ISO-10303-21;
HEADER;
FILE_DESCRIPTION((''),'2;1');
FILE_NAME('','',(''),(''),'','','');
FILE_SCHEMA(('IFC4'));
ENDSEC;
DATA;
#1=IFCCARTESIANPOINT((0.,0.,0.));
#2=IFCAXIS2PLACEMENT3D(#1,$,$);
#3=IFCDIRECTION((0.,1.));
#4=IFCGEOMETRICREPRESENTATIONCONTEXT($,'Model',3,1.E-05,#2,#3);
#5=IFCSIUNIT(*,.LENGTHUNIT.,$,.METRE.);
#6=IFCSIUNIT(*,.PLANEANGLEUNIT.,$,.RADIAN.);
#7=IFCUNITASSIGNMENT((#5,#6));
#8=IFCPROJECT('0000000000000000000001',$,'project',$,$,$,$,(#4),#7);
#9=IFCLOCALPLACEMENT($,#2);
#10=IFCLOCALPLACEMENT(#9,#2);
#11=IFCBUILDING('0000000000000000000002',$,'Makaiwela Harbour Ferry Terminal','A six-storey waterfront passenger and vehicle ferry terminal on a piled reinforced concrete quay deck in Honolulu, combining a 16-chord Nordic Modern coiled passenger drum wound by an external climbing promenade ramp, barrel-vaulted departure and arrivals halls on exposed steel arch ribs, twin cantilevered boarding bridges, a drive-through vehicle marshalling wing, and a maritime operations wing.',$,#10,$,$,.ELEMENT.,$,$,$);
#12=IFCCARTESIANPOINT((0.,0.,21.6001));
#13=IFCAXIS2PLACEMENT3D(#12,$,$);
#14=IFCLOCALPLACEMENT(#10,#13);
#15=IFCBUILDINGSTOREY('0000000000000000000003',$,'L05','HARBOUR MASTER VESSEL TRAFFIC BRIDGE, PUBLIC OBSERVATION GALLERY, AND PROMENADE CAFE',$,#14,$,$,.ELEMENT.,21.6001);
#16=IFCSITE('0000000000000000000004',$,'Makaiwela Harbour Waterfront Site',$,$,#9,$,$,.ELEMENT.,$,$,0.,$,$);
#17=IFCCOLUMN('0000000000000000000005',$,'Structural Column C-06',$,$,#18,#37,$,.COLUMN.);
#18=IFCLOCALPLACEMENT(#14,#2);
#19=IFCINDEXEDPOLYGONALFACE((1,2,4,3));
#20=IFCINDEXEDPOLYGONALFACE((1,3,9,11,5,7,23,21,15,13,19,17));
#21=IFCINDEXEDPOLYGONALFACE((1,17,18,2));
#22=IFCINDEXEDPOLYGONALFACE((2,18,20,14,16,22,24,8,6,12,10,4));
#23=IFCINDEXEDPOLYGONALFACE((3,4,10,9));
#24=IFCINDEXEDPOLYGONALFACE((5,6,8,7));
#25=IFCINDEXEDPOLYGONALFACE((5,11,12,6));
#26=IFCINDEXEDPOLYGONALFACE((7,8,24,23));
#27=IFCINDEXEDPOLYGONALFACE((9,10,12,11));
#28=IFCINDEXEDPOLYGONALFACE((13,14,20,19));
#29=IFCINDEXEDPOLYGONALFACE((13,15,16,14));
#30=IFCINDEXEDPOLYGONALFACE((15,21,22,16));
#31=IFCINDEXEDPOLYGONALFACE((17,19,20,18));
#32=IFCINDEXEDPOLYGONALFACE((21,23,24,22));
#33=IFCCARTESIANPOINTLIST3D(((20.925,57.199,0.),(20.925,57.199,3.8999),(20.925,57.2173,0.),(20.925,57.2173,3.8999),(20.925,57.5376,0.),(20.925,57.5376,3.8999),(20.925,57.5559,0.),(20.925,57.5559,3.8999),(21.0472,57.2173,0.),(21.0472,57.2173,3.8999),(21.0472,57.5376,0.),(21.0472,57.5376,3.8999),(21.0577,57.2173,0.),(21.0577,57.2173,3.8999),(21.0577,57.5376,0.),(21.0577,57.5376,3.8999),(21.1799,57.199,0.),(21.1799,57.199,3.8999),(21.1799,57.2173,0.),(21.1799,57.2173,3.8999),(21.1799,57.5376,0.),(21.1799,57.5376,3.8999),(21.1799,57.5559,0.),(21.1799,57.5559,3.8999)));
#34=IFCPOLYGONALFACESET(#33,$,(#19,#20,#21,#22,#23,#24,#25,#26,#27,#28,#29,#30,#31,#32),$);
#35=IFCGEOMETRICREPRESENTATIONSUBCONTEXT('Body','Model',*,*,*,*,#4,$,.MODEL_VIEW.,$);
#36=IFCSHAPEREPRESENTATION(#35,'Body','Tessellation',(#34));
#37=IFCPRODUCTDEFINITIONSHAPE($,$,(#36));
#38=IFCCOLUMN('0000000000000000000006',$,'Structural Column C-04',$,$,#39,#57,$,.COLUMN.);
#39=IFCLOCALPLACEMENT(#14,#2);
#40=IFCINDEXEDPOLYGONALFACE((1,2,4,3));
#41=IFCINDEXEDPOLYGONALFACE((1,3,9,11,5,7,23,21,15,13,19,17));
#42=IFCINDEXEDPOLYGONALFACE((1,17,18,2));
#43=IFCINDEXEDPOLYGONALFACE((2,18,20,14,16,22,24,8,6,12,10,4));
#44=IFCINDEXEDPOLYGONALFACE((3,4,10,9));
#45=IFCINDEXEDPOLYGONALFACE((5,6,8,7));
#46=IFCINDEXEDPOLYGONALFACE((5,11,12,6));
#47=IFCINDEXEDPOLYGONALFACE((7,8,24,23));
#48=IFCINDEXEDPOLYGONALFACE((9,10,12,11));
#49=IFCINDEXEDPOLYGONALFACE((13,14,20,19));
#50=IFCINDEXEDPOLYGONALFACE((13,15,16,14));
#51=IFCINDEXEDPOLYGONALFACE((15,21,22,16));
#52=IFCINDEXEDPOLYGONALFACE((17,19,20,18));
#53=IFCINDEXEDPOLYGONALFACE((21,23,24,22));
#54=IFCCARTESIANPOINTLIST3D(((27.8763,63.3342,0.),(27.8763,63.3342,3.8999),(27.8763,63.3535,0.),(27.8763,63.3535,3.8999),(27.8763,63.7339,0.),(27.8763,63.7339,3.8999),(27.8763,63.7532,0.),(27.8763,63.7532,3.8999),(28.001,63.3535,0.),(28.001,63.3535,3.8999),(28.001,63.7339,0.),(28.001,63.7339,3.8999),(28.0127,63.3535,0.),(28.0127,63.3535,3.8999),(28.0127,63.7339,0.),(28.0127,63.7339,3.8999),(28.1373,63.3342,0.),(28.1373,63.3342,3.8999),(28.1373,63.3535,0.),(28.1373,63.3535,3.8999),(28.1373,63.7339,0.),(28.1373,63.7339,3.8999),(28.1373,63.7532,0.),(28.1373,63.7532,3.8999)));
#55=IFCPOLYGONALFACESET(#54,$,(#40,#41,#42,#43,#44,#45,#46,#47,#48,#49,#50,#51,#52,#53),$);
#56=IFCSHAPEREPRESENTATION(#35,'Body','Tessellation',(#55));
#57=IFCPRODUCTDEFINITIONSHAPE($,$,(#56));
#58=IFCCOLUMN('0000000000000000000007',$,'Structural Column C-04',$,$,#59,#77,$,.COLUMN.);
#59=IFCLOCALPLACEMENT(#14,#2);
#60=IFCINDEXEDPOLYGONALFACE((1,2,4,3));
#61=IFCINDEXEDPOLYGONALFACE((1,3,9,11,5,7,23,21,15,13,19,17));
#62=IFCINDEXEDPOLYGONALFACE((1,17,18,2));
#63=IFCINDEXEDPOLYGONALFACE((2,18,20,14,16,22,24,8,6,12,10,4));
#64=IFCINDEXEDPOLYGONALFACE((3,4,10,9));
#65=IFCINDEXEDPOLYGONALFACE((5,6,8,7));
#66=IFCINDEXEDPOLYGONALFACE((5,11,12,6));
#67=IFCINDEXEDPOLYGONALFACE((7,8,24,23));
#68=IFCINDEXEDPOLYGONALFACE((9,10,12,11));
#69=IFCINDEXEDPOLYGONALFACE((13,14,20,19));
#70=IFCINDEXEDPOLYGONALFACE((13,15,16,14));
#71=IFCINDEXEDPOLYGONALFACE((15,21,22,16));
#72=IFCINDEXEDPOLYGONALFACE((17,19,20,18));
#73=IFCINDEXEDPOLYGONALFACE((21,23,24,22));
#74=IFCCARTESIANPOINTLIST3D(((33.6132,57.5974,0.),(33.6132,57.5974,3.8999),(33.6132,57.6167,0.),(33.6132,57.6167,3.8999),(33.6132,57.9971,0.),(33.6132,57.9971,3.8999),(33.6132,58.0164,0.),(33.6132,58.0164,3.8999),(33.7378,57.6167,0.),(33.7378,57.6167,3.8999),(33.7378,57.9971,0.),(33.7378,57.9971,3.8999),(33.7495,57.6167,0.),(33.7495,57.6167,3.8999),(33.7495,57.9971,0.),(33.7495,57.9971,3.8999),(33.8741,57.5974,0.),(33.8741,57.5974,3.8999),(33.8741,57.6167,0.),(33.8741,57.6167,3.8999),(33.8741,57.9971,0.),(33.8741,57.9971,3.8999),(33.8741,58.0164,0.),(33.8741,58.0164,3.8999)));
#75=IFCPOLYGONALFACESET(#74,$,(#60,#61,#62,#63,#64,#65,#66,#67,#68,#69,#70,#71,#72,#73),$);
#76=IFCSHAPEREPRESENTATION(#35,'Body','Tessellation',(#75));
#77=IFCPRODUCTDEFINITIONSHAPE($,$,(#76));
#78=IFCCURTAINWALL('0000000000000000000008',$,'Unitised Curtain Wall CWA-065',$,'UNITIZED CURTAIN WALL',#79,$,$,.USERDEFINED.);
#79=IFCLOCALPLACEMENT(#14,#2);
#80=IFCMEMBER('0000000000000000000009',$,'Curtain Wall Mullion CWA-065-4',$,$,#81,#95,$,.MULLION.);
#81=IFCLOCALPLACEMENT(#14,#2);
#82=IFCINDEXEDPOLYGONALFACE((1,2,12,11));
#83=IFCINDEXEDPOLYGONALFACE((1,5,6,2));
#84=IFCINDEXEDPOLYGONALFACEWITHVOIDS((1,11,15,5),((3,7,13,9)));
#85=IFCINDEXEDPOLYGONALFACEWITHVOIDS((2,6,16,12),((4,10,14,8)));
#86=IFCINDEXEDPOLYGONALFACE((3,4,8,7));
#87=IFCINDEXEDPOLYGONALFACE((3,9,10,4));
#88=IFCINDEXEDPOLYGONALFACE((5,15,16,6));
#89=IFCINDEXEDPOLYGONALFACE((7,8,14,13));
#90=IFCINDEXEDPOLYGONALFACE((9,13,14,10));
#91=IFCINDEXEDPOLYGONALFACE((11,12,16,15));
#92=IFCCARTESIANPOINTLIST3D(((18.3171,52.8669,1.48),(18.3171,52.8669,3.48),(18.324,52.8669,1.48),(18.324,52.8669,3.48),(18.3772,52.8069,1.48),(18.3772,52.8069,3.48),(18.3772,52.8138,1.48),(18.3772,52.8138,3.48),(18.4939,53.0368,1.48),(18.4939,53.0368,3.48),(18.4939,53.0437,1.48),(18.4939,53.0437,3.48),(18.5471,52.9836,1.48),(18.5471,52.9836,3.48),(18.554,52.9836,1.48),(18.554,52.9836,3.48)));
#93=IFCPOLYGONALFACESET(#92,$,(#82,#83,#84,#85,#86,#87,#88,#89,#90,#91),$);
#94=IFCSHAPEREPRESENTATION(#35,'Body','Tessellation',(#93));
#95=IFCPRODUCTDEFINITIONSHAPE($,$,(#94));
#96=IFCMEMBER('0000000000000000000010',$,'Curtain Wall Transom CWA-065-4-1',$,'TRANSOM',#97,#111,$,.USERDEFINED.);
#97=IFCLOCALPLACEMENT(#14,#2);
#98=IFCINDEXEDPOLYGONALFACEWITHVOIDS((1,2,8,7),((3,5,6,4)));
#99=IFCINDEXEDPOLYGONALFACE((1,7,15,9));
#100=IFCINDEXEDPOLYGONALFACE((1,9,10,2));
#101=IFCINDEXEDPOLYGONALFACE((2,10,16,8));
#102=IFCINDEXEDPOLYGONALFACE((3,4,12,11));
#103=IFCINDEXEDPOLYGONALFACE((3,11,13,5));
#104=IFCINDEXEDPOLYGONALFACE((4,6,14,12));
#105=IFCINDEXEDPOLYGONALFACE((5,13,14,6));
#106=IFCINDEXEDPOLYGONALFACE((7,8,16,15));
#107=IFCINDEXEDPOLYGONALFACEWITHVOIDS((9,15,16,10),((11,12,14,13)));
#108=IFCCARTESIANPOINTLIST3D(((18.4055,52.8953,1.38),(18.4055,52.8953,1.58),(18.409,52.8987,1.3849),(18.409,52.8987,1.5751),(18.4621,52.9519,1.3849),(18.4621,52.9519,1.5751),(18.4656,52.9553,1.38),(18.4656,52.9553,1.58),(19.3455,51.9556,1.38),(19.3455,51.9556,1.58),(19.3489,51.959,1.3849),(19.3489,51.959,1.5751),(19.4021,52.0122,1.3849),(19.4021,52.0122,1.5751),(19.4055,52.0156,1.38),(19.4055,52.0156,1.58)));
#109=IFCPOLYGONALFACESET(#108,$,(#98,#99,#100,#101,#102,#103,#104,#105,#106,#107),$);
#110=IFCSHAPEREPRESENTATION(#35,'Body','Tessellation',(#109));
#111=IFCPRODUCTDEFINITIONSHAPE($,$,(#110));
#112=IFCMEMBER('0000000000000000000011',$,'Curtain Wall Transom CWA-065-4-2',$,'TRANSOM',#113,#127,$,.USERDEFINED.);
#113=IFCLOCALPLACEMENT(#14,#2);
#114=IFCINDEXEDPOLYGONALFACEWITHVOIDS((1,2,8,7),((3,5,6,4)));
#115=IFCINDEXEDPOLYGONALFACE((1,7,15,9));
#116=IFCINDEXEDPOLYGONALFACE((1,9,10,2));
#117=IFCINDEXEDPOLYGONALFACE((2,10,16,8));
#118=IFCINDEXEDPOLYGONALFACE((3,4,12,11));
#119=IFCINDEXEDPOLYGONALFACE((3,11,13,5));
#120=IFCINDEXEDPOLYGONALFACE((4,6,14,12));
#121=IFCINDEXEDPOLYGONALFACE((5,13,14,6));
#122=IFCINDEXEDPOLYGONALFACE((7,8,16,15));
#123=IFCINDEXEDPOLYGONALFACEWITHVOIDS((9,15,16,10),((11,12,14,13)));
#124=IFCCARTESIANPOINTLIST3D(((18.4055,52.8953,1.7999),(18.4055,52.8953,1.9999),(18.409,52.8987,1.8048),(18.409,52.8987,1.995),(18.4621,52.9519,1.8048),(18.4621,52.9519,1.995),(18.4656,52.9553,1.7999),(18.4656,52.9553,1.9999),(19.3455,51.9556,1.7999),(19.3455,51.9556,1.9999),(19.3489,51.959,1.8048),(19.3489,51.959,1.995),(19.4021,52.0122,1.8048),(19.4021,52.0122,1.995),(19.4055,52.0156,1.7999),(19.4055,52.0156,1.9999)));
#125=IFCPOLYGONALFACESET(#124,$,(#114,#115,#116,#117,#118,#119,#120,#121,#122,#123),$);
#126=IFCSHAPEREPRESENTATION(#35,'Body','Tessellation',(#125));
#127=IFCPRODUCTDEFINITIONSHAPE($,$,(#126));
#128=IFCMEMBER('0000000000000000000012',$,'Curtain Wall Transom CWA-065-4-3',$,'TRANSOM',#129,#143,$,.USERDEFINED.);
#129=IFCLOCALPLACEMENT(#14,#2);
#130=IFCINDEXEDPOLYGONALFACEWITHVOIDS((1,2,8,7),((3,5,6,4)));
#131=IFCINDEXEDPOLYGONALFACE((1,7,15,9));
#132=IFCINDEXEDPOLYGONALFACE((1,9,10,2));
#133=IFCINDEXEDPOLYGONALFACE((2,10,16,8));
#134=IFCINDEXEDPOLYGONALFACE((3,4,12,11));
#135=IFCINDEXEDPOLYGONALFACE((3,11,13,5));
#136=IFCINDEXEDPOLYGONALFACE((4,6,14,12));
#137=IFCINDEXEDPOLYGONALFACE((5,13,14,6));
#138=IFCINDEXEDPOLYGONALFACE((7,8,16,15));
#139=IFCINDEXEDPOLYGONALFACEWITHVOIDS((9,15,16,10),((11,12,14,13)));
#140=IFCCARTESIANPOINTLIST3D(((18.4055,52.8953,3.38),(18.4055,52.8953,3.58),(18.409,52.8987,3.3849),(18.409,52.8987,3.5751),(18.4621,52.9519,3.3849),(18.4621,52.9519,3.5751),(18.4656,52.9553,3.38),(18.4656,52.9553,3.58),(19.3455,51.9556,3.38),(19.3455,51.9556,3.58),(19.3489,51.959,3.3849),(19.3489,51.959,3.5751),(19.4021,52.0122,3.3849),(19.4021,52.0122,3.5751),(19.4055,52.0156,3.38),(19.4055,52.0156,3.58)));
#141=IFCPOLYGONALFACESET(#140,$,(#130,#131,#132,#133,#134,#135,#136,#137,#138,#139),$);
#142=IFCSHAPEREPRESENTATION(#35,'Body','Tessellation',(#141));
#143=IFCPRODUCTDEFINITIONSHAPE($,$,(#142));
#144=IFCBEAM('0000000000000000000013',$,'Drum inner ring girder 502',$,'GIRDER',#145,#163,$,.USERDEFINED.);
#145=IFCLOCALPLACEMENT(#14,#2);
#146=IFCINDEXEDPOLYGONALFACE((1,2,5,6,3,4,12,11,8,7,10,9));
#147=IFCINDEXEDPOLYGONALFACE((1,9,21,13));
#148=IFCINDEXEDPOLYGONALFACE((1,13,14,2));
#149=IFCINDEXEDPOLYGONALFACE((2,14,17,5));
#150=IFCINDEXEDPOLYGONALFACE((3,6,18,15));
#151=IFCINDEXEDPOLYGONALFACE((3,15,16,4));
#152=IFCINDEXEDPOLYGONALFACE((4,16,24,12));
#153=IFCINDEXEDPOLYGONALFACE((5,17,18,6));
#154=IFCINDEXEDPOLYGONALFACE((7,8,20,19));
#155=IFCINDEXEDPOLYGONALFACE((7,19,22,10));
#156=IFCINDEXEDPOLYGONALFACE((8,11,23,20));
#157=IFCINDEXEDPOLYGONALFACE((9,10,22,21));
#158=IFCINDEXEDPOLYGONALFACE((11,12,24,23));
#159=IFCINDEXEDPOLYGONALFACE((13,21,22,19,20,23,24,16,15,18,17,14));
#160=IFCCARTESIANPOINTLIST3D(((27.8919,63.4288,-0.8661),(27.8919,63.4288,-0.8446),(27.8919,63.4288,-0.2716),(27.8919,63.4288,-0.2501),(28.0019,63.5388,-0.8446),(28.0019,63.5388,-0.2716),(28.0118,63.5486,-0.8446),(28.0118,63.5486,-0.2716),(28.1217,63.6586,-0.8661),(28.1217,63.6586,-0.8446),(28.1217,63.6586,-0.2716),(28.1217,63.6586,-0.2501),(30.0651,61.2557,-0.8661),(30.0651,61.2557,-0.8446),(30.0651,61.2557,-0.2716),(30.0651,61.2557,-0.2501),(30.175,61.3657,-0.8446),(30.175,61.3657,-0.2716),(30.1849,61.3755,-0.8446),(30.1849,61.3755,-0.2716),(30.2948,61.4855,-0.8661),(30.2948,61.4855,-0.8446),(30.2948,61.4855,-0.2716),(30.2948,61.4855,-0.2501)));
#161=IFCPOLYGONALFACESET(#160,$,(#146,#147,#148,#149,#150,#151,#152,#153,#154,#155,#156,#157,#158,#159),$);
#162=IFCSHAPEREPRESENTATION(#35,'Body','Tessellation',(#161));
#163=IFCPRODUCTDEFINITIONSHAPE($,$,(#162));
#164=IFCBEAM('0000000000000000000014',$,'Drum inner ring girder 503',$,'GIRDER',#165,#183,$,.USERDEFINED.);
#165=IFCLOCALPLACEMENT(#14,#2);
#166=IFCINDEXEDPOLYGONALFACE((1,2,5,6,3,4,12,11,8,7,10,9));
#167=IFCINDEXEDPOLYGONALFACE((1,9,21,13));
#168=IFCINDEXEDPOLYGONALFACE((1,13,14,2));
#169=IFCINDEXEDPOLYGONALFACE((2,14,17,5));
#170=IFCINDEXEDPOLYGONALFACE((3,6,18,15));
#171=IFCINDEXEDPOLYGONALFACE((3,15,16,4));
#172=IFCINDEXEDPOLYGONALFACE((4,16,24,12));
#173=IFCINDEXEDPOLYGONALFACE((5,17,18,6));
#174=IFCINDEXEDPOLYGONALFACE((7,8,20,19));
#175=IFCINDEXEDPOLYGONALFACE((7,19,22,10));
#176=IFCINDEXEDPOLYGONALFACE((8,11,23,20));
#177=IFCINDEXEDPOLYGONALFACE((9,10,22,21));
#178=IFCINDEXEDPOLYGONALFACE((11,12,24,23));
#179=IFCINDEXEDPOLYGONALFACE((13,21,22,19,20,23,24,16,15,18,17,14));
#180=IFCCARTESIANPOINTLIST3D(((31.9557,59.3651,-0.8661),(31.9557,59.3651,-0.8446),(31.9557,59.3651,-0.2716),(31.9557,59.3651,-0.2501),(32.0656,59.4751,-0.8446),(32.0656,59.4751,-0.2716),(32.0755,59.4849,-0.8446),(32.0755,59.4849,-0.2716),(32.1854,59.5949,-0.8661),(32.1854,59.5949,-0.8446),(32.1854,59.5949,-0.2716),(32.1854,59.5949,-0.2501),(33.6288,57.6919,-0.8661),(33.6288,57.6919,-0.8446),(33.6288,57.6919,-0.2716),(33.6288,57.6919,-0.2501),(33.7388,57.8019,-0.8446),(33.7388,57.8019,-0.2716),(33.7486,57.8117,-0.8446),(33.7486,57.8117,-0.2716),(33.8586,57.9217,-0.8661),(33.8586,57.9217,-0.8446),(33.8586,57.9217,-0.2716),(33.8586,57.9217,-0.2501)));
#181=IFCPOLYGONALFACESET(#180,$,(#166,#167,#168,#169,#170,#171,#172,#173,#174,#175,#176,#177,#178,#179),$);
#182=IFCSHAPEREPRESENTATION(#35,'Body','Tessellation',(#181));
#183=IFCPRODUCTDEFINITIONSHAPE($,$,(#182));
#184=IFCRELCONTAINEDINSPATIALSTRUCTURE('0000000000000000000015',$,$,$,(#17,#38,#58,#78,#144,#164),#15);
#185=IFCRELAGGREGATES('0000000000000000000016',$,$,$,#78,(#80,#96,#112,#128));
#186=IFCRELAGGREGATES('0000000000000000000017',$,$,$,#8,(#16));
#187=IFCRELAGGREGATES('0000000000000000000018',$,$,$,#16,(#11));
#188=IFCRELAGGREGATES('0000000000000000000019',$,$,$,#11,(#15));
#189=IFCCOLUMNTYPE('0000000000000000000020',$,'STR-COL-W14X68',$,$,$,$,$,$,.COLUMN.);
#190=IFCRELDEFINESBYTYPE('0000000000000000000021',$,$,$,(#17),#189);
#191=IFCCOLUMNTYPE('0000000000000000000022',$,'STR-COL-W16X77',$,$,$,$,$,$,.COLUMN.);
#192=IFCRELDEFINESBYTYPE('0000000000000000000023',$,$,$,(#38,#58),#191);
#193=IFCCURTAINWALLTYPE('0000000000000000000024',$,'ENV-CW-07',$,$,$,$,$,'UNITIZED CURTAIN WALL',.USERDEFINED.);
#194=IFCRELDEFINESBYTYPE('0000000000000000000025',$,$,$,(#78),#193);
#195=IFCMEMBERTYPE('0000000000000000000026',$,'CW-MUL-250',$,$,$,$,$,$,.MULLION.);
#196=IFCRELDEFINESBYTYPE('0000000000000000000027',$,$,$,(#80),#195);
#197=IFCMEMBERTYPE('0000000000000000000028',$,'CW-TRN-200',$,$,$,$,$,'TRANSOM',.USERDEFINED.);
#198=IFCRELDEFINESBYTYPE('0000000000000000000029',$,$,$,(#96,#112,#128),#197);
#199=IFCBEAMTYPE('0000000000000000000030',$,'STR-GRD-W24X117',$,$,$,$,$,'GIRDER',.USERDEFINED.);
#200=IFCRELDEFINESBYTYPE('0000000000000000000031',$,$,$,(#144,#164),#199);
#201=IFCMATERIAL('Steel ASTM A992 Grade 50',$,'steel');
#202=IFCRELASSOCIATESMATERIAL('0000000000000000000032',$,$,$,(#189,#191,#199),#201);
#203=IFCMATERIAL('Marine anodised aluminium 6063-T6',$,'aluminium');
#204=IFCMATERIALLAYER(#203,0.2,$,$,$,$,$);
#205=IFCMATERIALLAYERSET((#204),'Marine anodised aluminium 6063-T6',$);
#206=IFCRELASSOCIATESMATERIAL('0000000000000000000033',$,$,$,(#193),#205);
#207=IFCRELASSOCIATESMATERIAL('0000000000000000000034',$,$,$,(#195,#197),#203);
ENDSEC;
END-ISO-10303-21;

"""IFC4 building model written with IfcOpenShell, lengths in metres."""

from ifc_helpers import new_model, si_unit, direction, frame, origin, origin_2d, place, context, subcontext, project, spatial, hollow_rectangle, i_section, extrude, material, layer, layer_set, material_profile, profile_set, type_object, element, aggregate, save


model = new_model("IFC4")

# Units and contexts
model_context = context("Model", 3, precision=1e-05, world=origin(), true_north=direction((0.0, 1.0)))
body_context = subcontext(model_context, "Body", "Model", "MODEL_VIEW")
ifc_project = project(units=[si_unit("LENGTHUNIT", "METRE"), si_unit("PLANEANGLEUNIT", "RADIAN")], contexts=[model_context])

# Site, building, storey
site_placement = place(None, origin())
site = spatial("IfcSite", under=ifc_project, at=site_placement, Name="Makaiwela Harbour Waterfront Site", CompositionType="ELEMENT", RefElevation=0.0)
building_placement = place(site_placement, origin())
building = spatial("IfcBuilding", under=site, at=building_placement, Name="Makaiwela Harbour Ferry Terminal", Description="A six-storey waterfront passenger and vehicle ferry terminal on a piled reinforced concrete quay deck in Honolulu, combining a 16-chord Nordic Modern coiled passenger drum wound by an external climbing promenade ramp, barrel-vaulted departure and arrivals halls on exposed steel arch ribs, twin cantilevered boarding bridges, a drive-through vehicle marshalling wing, and a maritime operations wing.", CompositionType="ELEMENT")
storey_placement = place(building_placement, frame((0.0, 0.0, 21.6001)))
storey = spatial("IfcBuildingStorey", under=building, at=storey_placement, Name="L05", Description="HARBOUR MASTER VESSEL TRAFFIC BRIDGE, PUBLIC OBSERVATION GALLERY, AND PROMENADE CAFE", CompositionType="ELEMENT", Elevation=21.6001)

# Columns
ifc_material_1 = material(Name="Steel ASTM A992 Grade 50", Category="steel")
ifc_material_profile_1 = material_profile(ifc_material_1, i_section(OverallWidth=0.2549, OverallDepth=0.3569, WebThickness=0.0105, FlangeThickness=0.0183, at=origin_2d()), Name="W14X68")
ifc_profile_set_1 = profile_set([ifc_material_profile_1], Name="Steel ASTM A992 Grade 50")
column_type_1 = type_object("IfcColumnType", Name="STR-COL-W14X68", PredefinedType="COLUMN", material=ifc_profile_set_1)
column_placement = place(storey_placement, frame((21.0525, 57.3774, 0.0), z_axis=(0.0, 0.0, 1.0), x_axis=(1.0, 0.0, 0.0)))
element("IfcColumn", 1, at=column_placement, inside=storey, type_object=column_type_1, Name="Structural Column C-06", PredefinedType="COLUMN", context=body_context, shape_type="SweptSolid", body=[
    extrude(i_section(OverallWidth=0.2549, OverallDepth=0.3569, WebThickness=0.0105, FlangeThickness=0.0183, at=origin_2d()), origin(), (0.0, 0.0, 1.0), 3.8999),
])
ifc_material_profile_2 = material_profile(ifc_material_1, i_section(OverallWidth=0.261, OverallDepth=0.4189, WebThickness=0.0117, FlangeThickness=0.0193, at=origin_2d()), Name="W16X77")
ifc_profile_set_2 = profile_set([ifc_material_profile_2], Name="Steel ASTM A992 Grade 50")
column_type_2 = type_object("IfcColumnType", Name="STR-COL-W16X77", PredefinedType="COLUMN", material=ifc_profile_set_2)
for number, where, z_axis, x_axis, name in (
    (2, (28.0068, 63.5437, 0.0), (0.0, 0.0, 1.0), (1.0, 0.0, 0.0), "Structural Column C-04"),
    (3, (33.7437, 57.8069, 0.0), (0.0, 0.0, 1.0), (1.0, 0.0, 0.0), "Structural Column C-04"),
):
    element("IfcColumn", number, at=place(storey_placement, frame(where, z_axis=z_axis, x_axis=x_axis)), inside=storey, type_object=column_type_2, Name=name, PredefinedType="COLUMN", context=body_context, shape_type="SweptSolid", body=[
        extrude(i_section(OverallWidth=0.261, OverallDepth=0.4189, WebThickness=0.0117, FlangeThickness=0.0193, at=origin_2d()), origin(), (0.0, 0.0, 1.0), 3.8999),
    ])

# Curtain wall, members
ifc_material_2 = material(Name="Marine anodised aluminium 6063-T6", Category="aluminium")
ifc_layer_1 = layer(ifc_material_2, 0.2)
ifc_layer_set_1 = layer_set([ifc_layer_1], Name="Marine anodised aluminium 6063-T6")
curtain_wall_type = type_object("IfcCurtainWallType", Name="ENV-CW-07", ElementType="UNITIZED CURTAIN WALL", PredefinedType="USERDEFINED", material=ifc_layer_set_1)
curtain_wall_placement = place(storey_placement, origin())
curtain_wall = element("IfcCurtainWall", 4, at=curtain_wall_placement, inside=storey, type_object=curtain_wall_type, Name="Unitised Curtain Wall CWA-065", ObjectType="UNITIZED CURTAIN WALL", PredefinedType="USERDEFINED")
ifc_material_profile_3 = material_profile(ifc_material_2, hollow_rectangle(XDim=0.085, YDim=0.25, WallThickness=0.0049, at=origin_2d()), Name="CWM-250X85")
ifc_profile_set_3 = profile_set([ifc_material_profile_3], Name="Marine anodised aluminium 6063-T6")
member_type_1 = type_object("IfcMemberType", Name="CW-MUL-250", PredefinedType="MULLION", material=ifc_profile_set_3)
member_1_placement = place(storey_placement, frame((18.4355, 52.9253, 1.48), z_axis=(0.0, 0.0, 1.0), x_axis=(-0.707107, 0.707107, 0.0)))
member_1 = element("IfcMember", 5, at=member_1_placement, type_object=member_type_1, Name="Curtain Wall Mullion CWA-065-4", PredefinedType="MULLION", context=body_context, shape_type="SweptSolid", body=[
    extrude(hollow_rectangle(XDim=0.085, YDim=0.25, WallThickness=0.0049, at=origin_2d()), origin(), (0.0, 0.0, 1.0), 2.0),
])
ifc_material_profile_4 = material_profile(ifc_material_2, hollow_rectangle(XDim=0.085, YDim=0.2, WallThickness=0.0049, at=origin_2d()), Name="CWT-200X85")
ifc_profile_set_4 = profile_set([ifc_material_profile_4], Name="Marine anodised aluminium 6063-T6")
member_type_2 = type_object("IfcMemberType", Name="CW-TRN-200", ElementType="TRANSOM", PredefinedType="USERDEFINED", material=ifc_profile_set_4)
member_2_placement = place(storey_placement, frame((18.4355, 52.9253, 1.48), z_axis=(0.707199, -0.707015, 0.0), x_axis=(0.707015, 0.707199, 0.0)))
member_2 = element("IfcMember", 6, at=member_2_placement, type_object=member_type_2, Name="Curtain Wall Transom CWA-065-4-1", ObjectType="TRANSOM", PredefinedType="USERDEFINED", context=body_context, shape_type="SweptSolid", body=[
    extrude(hollow_rectangle(XDim=0.085, YDim=0.2, WallThickness=0.0049, at=origin_2d()), origin(), (0.0, 0.0, 1.0), 1.3291),
])
member_3_placement = place(storey_placement, frame((18.4355, 52.9253, 1.8999), z_axis=(0.707199, -0.707015, 0.0), x_axis=(0.707015, 0.707199, 0.0)))
member_3 = element("IfcMember", 7, at=member_3_placement, type_object=member_type_2, Name="Curtain Wall Transom CWA-065-4-2", ObjectType="TRANSOM", PredefinedType="USERDEFINED", context=body_context, shape_type="SweptSolid", body=[
    extrude(hollow_rectangle(XDim=0.085, YDim=0.2, WallThickness=0.0049, at=origin_2d()), origin(), (0.0, 0.0, 1.0), 1.3291),
])
member_4_placement = place(storey_placement, frame((18.4355, 52.9253, 3.48), z_axis=(0.707199, -0.707015, 0.0), x_axis=(0.707015, 0.707199, 0.0)))
member_4 = element("IfcMember", 8, at=member_4_placement, type_object=member_type_2, Name="Curtain Wall Transom CWA-065-4-3", ObjectType="TRANSOM", PredefinedType="USERDEFINED", context=body_context, shape_type="SweptSolid", body=[
    extrude(hollow_rectangle(XDim=0.085, YDim=0.2, WallThickness=0.0049, at=origin_2d()), origin(), (0.0, 0.0, 1.0), 1.3291),
])

# Beams
ifc_material_profile_5 = material_profile(ifc_material_1, i_section(OverallWidth=0.325, OverallDepth=0.616, WebThickness=0.0139, FlangeThickness=0.0215, at=origin_2d()), Name="W24X117")
ifc_profile_set_5 = profile_set([ifc_material_profile_5], Name="Steel ASTM A992 Grade 50")
beam_type_1 = type_object("IfcBeamType", Name="STR-GRD-W24X117", ElementType="GIRDER", PredefinedType="USERDEFINED", material=ifc_profile_set_5)
beam_1_placement = place(storey_placement, frame((28.0068, 63.5437, -0.5581), z_axis=(0.707107, -0.707107, 0.0), x_axis=(0.707107, 0.707107, 0.0)))
element("IfcBeam", 9, at=beam_1_placement, inside=storey, type_object=beam_type_1, Name="Drum inner ring girder 502", ObjectType="GIRDER", PredefinedType="USERDEFINED", context=body_context, shape_type="SweptSolid", body=[
    extrude(i_section(OverallWidth=0.325, OverallDepth=0.616, WebThickness=0.0139, FlangeThickness=0.0215, at=origin_2d()), origin(), (0.0, 0.0, 1.0), 3.0732),
])
beam_2_placement = place(storey_placement, frame((32.0706, 59.48, -0.5581), z_axis=(0.707107, -0.707107, 0.0), x_axis=(0.707107, 0.707107, 0.0)))
element("IfcBeam", 10, at=beam_2_placement, inside=storey, type_object=beam_type_1, Name="Drum inner ring girder 503", ObjectType="GIRDER", PredefinedType="USERDEFINED", context=body_context, shape_type="SweptSolid", body=[
    extrude(i_section(OverallWidth=0.325, OverallDepth=0.616, WebThickness=0.0139, FlangeThickness=0.0215, at=origin_2d()), origin(), (0.0, 0.0, 1.0), 2.3662),
])

aggregate(curtain_wall, [member_1, member_2, member_3, member_4])

save(model, "model.ifc")
